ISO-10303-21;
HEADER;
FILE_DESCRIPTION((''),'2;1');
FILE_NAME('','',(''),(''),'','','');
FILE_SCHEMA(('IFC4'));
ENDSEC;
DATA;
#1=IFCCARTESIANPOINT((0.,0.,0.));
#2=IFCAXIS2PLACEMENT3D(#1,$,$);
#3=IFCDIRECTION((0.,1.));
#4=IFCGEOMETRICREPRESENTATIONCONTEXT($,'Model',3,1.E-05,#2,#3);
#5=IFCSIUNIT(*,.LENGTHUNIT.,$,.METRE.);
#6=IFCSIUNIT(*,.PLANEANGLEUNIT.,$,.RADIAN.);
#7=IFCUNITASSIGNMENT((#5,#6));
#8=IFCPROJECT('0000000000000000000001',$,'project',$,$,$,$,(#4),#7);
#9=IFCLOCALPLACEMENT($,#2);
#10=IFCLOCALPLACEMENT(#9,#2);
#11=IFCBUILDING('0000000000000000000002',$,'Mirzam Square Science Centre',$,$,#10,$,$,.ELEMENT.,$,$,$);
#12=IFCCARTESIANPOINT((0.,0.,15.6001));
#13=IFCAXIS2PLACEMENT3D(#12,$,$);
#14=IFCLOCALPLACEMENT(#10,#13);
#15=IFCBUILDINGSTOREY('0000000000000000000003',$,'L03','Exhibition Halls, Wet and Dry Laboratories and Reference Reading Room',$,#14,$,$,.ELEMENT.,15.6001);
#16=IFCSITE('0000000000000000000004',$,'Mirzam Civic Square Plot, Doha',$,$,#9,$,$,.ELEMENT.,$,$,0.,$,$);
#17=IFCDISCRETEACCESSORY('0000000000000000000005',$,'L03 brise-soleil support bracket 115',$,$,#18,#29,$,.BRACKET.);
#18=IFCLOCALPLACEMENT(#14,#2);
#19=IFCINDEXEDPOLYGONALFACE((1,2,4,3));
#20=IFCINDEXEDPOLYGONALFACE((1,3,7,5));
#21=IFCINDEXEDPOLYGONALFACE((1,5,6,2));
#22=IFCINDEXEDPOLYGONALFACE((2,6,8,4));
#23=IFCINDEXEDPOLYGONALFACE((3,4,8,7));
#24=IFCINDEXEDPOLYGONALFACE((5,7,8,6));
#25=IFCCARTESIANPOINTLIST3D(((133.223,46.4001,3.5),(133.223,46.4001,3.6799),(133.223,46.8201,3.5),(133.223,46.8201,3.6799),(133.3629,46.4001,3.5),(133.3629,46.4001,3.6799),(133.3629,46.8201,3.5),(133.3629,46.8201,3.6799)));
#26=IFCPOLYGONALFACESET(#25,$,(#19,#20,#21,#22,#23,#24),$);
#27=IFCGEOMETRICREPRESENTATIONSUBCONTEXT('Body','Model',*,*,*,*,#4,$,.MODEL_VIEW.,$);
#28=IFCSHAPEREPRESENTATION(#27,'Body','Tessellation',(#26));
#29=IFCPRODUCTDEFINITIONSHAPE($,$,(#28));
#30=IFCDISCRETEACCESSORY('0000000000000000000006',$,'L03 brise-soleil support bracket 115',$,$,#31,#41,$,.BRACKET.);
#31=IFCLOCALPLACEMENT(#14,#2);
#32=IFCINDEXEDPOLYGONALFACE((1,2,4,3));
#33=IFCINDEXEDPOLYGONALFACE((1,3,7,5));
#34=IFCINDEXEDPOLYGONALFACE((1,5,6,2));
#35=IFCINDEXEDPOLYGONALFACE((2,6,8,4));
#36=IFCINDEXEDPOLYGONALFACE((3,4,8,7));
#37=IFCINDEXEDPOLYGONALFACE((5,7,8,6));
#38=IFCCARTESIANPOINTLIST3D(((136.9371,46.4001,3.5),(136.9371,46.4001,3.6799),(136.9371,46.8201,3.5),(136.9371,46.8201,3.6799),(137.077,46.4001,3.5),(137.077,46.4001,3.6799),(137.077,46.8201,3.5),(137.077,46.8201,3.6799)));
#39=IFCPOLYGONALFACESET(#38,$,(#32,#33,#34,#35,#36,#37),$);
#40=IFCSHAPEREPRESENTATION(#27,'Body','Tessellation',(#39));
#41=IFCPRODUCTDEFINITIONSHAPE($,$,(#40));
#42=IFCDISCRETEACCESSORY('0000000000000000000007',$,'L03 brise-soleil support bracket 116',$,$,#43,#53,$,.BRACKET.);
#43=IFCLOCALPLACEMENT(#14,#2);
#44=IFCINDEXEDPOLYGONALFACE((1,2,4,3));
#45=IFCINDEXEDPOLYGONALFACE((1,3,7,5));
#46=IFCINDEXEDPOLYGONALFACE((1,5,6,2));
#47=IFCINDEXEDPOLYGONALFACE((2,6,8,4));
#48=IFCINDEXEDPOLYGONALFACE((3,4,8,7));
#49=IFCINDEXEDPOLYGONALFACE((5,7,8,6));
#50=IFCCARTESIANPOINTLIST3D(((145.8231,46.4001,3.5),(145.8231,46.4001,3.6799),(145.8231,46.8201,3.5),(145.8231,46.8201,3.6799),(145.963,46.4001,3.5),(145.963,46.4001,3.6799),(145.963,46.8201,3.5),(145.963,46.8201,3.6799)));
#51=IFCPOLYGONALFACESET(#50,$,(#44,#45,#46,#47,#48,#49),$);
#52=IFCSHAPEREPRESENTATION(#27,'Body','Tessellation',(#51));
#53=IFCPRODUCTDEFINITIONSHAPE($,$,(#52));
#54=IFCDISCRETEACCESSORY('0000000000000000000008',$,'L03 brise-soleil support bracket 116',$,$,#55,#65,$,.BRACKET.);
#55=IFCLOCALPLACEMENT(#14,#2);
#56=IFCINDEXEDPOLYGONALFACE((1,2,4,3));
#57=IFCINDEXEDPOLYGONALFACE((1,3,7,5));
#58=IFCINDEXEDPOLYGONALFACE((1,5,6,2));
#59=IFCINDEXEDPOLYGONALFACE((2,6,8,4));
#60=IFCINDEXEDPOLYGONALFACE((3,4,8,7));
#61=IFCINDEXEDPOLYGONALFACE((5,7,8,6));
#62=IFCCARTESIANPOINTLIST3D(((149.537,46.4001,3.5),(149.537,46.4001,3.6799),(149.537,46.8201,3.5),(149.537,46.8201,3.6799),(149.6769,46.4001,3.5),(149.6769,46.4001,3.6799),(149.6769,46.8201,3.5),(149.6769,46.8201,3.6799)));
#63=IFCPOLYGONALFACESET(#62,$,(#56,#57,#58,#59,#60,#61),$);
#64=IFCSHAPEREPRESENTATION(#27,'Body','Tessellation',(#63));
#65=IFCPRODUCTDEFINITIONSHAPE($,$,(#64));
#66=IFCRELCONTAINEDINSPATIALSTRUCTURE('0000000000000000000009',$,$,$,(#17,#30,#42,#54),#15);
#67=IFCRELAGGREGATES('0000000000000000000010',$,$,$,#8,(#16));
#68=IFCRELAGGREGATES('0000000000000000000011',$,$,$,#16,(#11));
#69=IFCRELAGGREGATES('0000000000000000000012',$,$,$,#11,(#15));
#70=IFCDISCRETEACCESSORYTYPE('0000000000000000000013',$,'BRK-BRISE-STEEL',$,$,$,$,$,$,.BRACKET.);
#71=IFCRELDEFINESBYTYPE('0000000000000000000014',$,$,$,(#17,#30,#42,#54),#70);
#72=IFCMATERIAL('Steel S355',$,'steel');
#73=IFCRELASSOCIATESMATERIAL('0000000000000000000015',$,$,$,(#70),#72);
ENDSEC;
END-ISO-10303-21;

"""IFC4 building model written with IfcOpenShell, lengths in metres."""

from ifc_helpers import new_model, si_unit, direction, frame, origin, origin_2d, place, context, subcontext, project, spatial, rectangle, extrude, material, type_object, element, save


model = new_model("IFC4")

# Units and contexts
model_context = context("Model", 3, precision=1e-05, world=origin(), true_north=direction((0.0, 1.0)))
body_context = subcontext(model_context, "Body", "Model", "MODEL_VIEW")
ifc_project = project(units=[si_unit("LENGTHUNIT", "METRE"), si_unit("PLANEANGLEUNIT", "RADIAN")], contexts=[model_context])

# Site, building, storey
site_placement = place(None, origin())
site = spatial("IfcSite", under=ifc_project, at=site_placement, Name="Mirzam Civic Square Plot, Doha", CompositionType="ELEMENT", RefElevation=0.0)
building_placement = place(site_placement, origin())
building = spatial("IfcBuilding", under=site, at=building_placement, Name="Mirzam Square Science Centre", CompositionType="ELEMENT")
storey_placement = place(building_placement, frame((0.0, 0.0, 15.6001)))
storey = spatial("IfcBuildingStorey", under=building, at=storey_placement, Name="L03", Description="Exhibition Halls, Wet and Dry Laboratories and Reference Reading Room", CompositionType="ELEMENT", Elevation=15.6001)

# Shared definitions
ifc_material_1 = material(Name="Steel S355", Category="steel")

# Discrete accessories
discrete_accessory_type = type_object("IfcDiscreteAccessoryType", Name="BRK-BRISE-STEEL", PredefinedType="BRACKET", material=ifc_material_1)
for number, where, z_axis, x_axis, name in (
    (1, (133.293, 46.6101, 3.5), (0.0, 0.0, 1.0), (1.0, 0.0, 0.0), "L03 brise-soleil support bracket 115"),
    (2, (137.0071, 46.6101, 3.5), (0.0, 0.0, 1.0), (1.0, 0.0, 0.0), "L03 brise-soleil support bracket 115"),
    (3, (145.8931, 46.6101, 3.5), (0.0, 0.0, 1.0), (1.0, 0.0, 0.0), "L03 brise-soleil support bracket 116"),
    (4, (149.6069, 46.6101, 3.5), (0.0, 0.0, 1.0), (1.0, 0.0, 0.0), "L03 brise-soleil support bracket 116"),
):
    element("IfcDiscreteAccessory", number, at=place(storey_placement, frame(where, z_axis=z_axis, x_axis=x_axis)), inside=storey, type_object=discrete_accessory_type, Name=name, PredefinedType="BRACKET", context=body_context, shape_type="SweptSolid", body=[
        extrude(rectangle(XDim=0.1399, YDim=0.4199, at=origin_2d()), origin(), (0.0, 0.0, 1.0), 0.1799),
    ])

save(model, "model.ifc")
